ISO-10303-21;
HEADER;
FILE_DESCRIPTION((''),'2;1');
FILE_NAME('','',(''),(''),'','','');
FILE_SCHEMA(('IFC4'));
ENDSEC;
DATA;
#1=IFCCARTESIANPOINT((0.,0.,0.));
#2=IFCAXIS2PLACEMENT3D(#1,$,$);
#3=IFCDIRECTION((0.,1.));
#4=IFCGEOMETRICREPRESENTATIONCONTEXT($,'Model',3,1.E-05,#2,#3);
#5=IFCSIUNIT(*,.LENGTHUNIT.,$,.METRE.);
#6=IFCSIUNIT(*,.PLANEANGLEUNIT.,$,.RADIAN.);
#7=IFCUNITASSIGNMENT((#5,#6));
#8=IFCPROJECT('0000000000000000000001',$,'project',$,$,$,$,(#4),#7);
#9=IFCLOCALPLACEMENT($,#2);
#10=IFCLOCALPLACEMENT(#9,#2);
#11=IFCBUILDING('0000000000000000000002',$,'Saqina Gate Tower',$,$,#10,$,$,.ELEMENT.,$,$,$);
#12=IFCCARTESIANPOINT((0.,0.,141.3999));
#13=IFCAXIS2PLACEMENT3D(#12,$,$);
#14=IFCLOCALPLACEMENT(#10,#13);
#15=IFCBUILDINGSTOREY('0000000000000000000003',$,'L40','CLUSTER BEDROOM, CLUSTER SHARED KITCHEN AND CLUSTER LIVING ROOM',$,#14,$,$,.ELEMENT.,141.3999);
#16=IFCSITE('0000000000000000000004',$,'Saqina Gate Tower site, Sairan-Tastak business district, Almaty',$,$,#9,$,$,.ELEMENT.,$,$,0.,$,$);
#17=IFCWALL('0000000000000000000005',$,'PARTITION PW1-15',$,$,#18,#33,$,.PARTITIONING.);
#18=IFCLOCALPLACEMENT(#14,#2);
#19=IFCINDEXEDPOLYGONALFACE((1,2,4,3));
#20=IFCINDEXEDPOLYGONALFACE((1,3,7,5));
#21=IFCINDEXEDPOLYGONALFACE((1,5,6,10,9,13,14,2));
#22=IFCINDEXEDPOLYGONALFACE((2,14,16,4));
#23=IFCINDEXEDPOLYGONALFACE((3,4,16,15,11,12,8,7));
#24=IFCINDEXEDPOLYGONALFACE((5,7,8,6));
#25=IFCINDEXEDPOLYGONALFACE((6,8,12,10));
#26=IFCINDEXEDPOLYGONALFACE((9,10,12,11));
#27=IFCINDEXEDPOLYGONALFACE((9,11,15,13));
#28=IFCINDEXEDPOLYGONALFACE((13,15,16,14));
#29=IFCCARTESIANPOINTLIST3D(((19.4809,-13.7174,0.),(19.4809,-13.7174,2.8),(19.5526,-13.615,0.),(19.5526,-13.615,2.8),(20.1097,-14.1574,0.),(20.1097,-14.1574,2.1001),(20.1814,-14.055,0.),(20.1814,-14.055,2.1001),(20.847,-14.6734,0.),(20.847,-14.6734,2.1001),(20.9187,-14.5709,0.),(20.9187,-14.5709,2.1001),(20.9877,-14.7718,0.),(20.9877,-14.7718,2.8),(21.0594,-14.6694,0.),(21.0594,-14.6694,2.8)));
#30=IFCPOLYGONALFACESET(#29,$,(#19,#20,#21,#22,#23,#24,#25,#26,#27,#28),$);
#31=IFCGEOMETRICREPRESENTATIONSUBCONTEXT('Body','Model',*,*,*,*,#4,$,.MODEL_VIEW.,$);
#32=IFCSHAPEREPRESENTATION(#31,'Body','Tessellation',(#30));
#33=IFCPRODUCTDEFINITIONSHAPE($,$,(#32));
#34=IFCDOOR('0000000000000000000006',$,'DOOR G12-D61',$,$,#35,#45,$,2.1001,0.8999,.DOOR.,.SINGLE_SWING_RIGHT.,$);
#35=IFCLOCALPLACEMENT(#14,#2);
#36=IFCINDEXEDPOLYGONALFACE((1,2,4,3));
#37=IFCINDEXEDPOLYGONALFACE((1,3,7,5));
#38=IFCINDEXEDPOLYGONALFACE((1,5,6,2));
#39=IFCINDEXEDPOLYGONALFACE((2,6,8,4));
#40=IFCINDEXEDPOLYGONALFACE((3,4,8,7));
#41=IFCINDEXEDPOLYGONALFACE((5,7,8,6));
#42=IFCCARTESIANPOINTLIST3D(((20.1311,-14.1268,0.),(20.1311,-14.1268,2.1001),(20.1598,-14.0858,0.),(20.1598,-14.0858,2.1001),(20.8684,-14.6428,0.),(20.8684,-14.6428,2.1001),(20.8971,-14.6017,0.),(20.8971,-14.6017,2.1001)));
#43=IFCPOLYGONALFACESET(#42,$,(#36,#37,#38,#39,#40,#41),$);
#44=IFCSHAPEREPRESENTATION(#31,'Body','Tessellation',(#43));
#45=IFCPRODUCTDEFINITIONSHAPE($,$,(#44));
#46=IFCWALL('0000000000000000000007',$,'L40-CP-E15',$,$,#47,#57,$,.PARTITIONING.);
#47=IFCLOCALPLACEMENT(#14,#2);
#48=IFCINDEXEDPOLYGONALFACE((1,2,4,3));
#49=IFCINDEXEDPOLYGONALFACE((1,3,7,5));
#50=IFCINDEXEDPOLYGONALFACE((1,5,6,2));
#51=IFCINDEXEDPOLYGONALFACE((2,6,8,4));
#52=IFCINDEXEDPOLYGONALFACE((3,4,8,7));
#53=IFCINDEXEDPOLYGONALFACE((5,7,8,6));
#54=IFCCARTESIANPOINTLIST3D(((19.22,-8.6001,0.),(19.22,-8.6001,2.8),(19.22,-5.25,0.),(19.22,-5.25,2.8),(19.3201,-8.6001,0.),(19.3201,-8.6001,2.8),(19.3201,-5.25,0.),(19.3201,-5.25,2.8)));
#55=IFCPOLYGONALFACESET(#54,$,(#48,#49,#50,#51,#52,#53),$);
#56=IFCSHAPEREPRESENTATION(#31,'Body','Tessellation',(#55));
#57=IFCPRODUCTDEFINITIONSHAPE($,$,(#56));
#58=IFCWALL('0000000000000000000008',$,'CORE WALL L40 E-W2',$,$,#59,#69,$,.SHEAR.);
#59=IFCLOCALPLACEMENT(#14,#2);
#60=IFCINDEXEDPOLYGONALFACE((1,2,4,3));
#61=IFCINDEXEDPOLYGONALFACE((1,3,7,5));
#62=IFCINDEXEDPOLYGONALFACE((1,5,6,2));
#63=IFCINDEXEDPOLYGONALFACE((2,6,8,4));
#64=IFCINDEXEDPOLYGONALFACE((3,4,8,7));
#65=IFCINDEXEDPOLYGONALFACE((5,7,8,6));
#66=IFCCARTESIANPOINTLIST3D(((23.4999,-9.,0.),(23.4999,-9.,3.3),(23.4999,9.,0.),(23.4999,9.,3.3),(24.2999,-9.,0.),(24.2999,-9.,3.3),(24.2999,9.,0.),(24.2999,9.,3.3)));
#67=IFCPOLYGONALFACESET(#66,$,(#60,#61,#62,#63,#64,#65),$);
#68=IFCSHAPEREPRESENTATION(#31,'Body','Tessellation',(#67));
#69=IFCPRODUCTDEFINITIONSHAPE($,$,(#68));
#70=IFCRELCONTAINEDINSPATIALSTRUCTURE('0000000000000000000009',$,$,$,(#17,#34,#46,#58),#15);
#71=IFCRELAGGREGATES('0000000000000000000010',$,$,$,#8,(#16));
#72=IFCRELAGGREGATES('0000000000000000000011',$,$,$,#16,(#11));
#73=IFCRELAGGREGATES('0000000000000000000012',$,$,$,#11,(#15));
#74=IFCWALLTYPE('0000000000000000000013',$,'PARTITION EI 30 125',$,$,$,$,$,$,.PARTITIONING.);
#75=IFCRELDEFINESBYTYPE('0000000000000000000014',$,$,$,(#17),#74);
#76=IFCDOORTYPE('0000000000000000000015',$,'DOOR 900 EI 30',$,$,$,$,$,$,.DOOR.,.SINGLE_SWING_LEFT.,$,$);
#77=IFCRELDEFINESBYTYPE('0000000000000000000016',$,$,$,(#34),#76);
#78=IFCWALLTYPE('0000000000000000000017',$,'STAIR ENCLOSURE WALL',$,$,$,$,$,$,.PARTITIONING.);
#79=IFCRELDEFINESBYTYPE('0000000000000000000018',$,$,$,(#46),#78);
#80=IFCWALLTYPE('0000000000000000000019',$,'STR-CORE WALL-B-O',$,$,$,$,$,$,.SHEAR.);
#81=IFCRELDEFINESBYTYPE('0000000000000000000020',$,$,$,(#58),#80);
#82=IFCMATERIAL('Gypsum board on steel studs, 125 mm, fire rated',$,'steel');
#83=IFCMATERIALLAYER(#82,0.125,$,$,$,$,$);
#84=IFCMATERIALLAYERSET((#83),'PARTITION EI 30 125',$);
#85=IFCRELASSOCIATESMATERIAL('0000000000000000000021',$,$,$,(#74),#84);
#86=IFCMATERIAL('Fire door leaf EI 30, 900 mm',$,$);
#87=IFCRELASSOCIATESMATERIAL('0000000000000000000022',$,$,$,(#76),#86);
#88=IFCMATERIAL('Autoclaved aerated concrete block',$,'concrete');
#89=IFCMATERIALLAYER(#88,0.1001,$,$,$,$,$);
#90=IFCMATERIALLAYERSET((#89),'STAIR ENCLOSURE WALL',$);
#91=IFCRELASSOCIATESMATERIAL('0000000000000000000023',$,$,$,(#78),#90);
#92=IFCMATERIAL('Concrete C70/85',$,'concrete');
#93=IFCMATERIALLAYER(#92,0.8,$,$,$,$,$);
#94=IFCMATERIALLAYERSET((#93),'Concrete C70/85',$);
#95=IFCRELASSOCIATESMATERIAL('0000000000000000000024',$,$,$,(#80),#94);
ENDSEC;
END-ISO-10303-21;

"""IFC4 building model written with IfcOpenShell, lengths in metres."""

from ifc_helpers import new_model, si_unit, direction, frame, frame_2d, origin, place, context, subcontext, project, spatial, rectangle, extrude, material, layer, layer_set, type_object, element, fill, save


model = new_model("IFC4")

# Units and contexts
model_context = context("Model", 3, precision=1e-05, world=origin(), true_north=direction((0.0, 1.0)))
body_context = subcontext(model_context, "Body", "Model", "MODEL_VIEW")
ifc_project = project(units=[si_unit("LENGTHUNIT", "METRE"), si_unit("PLANEANGLEUNIT", "RADIAN")], contexts=[model_context])

# Site, building, storey
site_placement = place(None, origin())
site = spatial("IfcSite", under=ifc_project, at=site_placement, Name="Saqina Gate Tower site, Sairan-Tastak business district, Almaty", CompositionType="ELEMENT", RefElevation=0.0)
building_placement = place(site_placement, origin())
building = spatial("IfcBuilding", under=site, at=building_placement, Name="Saqina Gate Tower", CompositionType="ELEMENT")
storey_placement = place(building_placement, frame((0.0, 0.0, 141.3999)))
storey = spatial("IfcBuildingStorey", under=building, at=storey_placement, Name="L40", Description="CLUSTER BEDROOM, CLUSTER SHARED KITCHEN AND CLUSTER LIVING ROOM", CompositionType="ELEMENT", Elevation=141.3999)

# Wall, opening, door
ifc_material_1 = material(Name="Gypsum board on steel studs, 125 mm, fire rated", Category="steel")
ifc_layer_1 = layer(ifc_material_1, 0.125)
ifc_layer_set_1 = layer_set([ifc_layer_1], Name="PARTITION EI 30 125")
wall_type_1 = type_object("IfcWallType", Name="PARTITION EI 30 125", PredefinedType="PARTITIONING", material=ifc_layer_set_1)
wall_1_placement = place(storey_placement, frame((19.5168, -13.6663, 0.0), z_axis=(0.0, 0.0, 1.0), x_axis=(0.819319, -0.573338, 0.0)))
wall_1 = element("IfcWall", 1, at=wall_1_placement, inside=storey, type_object=wall_type_1, Name="PARTITION PW1-15", PredefinedType="PARTITIONING", context=body_context, shape_type="SweptSolid", body=[
    extrude(rectangle(XDim=1.8391, YDim=0.125, at=frame_2d((0.9194, 0.0))), origin(), (0.0, 0.0, 1.0), 2.8),
])
opening_1_placement = place(wall_1_placement, frame((0.7673, 0.0, 0.0)))
opening_1 = element("IfcOpeningElement", 2, at=opening_1_placement, cuts=wall_1, PredefinedType="OPENING", context=body_context, shape_type="SweptSolid", body=[
    extrude(rectangle(XDim=0.8999, YDim=2.1001, at=frame_2d((0.45, 1.05))), frame((0.0, 0.0745, 0.0), z_axis=(0.0, -1.0, 0.0), x_axis=(1.0, 0.0, 0.0)), (0.0, 0.0, 1.0), 0.1489),
])
ifc_material_2 = material(Name="Fire door leaf EI 30, 900 mm")
door_type_1 = type_object("IfcDoorType", Name="DOOR 900 EI 30", OperationType="SINGLE_SWING_LEFT", PredefinedType="DOOR", material=ifc_material_2)
door_1_placement = place(opening_1_placement, origin())
door_1 = element("IfcDoor", 3, at=door_1_placement, inside=storey, type_object=door_type_1, Name="DOOR G12-D61", OperationType="SINGLE_SWING_RIGHT", OverallHeight=2.1001, OverallWidth=0.8999, PredefinedType="DOOR", context=body_context, shape_type="SweptSolid", body=[
    extrude(rectangle(XDim=0.8999, YDim=2.1001, at=frame_2d((0.45, 1.05))), frame((0.0, 0.0249, 0.0), z_axis=(0.0, -1.0, 0.0), x_axis=(1.0, 0.0, 0.0)), (0.0, 0.0, 1.0), 0.05),
])
fill(opening_1, door_1)

# Walls
ifc_material_3 = material(Name="Autoclaved aerated concrete block", Category="concrete")
ifc_layer_2 = layer(ifc_material_3, 0.1001)
ifc_layer_set_2 = layer_set([ifc_layer_2], Name="STAIR ENCLOSURE WALL")
wall_type_2 = type_object("IfcWallType", Name="STAIR ENCLOSURE WALL", PredefinedType="PARTITIONING", material=ifc_layer_set_2)
wall_2_placement = place(storey_placement, frame((19.27, -8.6001, 0.0), z_axis=(0.0, 0.0, 1.0), x_axis=(0.0, 1.0, 0.0)))
element("IfcWall", 4, at=wall_2_placement, inside=storey, type_object=wall_type_2, Name="L40-CP-E15", PredefinedType="PARTITIONING", context=body_context, shape_type="SweptSolid", body=[
    extrude(rectangle(XDim=3.3501, YDim=0.1001, at=frame_2d((1.675, 0.0))), origin(), (0.0, 0.0, 1.0), 2.8),
])
ifc_material_4 = material(Name="Concrete C70/85", Category="concrete")
ifc_layer_3 = layer(ifc_material_4, 0.8)
ifc_layer_set_3 = layer_set([ifc_layer_3], Name="Concrete C70/85")
wall_type_3 = type_object("IfcWallType", Name="STR-CORE WALL-B-O", PredefinedType="SHEAR", material=ifc_layer_set_3)
wall_3_placement = place(storey_placement, frame((23.8999, -9.0, 0.0), z_axis=(0.0, 0.0, 1.0), x_axis=(0.0, 1.0, 0.0)))
element("IfcWall", 5, at=wall_3_placement, inside=storey, type_object=wall_type_3, Name="CORE WALL L40 E-W2", PredefinedType="SHEAR", context=body_context, shape_type="SweptSolid", body=[
    extrude(rectangle(XDim=18.0, YDim=0.8, at=frame_2d((9.0, 0.0))), origin(), (0.0, 0.0, 1.0), 3.3),
])

save(model, "model.ifc")
